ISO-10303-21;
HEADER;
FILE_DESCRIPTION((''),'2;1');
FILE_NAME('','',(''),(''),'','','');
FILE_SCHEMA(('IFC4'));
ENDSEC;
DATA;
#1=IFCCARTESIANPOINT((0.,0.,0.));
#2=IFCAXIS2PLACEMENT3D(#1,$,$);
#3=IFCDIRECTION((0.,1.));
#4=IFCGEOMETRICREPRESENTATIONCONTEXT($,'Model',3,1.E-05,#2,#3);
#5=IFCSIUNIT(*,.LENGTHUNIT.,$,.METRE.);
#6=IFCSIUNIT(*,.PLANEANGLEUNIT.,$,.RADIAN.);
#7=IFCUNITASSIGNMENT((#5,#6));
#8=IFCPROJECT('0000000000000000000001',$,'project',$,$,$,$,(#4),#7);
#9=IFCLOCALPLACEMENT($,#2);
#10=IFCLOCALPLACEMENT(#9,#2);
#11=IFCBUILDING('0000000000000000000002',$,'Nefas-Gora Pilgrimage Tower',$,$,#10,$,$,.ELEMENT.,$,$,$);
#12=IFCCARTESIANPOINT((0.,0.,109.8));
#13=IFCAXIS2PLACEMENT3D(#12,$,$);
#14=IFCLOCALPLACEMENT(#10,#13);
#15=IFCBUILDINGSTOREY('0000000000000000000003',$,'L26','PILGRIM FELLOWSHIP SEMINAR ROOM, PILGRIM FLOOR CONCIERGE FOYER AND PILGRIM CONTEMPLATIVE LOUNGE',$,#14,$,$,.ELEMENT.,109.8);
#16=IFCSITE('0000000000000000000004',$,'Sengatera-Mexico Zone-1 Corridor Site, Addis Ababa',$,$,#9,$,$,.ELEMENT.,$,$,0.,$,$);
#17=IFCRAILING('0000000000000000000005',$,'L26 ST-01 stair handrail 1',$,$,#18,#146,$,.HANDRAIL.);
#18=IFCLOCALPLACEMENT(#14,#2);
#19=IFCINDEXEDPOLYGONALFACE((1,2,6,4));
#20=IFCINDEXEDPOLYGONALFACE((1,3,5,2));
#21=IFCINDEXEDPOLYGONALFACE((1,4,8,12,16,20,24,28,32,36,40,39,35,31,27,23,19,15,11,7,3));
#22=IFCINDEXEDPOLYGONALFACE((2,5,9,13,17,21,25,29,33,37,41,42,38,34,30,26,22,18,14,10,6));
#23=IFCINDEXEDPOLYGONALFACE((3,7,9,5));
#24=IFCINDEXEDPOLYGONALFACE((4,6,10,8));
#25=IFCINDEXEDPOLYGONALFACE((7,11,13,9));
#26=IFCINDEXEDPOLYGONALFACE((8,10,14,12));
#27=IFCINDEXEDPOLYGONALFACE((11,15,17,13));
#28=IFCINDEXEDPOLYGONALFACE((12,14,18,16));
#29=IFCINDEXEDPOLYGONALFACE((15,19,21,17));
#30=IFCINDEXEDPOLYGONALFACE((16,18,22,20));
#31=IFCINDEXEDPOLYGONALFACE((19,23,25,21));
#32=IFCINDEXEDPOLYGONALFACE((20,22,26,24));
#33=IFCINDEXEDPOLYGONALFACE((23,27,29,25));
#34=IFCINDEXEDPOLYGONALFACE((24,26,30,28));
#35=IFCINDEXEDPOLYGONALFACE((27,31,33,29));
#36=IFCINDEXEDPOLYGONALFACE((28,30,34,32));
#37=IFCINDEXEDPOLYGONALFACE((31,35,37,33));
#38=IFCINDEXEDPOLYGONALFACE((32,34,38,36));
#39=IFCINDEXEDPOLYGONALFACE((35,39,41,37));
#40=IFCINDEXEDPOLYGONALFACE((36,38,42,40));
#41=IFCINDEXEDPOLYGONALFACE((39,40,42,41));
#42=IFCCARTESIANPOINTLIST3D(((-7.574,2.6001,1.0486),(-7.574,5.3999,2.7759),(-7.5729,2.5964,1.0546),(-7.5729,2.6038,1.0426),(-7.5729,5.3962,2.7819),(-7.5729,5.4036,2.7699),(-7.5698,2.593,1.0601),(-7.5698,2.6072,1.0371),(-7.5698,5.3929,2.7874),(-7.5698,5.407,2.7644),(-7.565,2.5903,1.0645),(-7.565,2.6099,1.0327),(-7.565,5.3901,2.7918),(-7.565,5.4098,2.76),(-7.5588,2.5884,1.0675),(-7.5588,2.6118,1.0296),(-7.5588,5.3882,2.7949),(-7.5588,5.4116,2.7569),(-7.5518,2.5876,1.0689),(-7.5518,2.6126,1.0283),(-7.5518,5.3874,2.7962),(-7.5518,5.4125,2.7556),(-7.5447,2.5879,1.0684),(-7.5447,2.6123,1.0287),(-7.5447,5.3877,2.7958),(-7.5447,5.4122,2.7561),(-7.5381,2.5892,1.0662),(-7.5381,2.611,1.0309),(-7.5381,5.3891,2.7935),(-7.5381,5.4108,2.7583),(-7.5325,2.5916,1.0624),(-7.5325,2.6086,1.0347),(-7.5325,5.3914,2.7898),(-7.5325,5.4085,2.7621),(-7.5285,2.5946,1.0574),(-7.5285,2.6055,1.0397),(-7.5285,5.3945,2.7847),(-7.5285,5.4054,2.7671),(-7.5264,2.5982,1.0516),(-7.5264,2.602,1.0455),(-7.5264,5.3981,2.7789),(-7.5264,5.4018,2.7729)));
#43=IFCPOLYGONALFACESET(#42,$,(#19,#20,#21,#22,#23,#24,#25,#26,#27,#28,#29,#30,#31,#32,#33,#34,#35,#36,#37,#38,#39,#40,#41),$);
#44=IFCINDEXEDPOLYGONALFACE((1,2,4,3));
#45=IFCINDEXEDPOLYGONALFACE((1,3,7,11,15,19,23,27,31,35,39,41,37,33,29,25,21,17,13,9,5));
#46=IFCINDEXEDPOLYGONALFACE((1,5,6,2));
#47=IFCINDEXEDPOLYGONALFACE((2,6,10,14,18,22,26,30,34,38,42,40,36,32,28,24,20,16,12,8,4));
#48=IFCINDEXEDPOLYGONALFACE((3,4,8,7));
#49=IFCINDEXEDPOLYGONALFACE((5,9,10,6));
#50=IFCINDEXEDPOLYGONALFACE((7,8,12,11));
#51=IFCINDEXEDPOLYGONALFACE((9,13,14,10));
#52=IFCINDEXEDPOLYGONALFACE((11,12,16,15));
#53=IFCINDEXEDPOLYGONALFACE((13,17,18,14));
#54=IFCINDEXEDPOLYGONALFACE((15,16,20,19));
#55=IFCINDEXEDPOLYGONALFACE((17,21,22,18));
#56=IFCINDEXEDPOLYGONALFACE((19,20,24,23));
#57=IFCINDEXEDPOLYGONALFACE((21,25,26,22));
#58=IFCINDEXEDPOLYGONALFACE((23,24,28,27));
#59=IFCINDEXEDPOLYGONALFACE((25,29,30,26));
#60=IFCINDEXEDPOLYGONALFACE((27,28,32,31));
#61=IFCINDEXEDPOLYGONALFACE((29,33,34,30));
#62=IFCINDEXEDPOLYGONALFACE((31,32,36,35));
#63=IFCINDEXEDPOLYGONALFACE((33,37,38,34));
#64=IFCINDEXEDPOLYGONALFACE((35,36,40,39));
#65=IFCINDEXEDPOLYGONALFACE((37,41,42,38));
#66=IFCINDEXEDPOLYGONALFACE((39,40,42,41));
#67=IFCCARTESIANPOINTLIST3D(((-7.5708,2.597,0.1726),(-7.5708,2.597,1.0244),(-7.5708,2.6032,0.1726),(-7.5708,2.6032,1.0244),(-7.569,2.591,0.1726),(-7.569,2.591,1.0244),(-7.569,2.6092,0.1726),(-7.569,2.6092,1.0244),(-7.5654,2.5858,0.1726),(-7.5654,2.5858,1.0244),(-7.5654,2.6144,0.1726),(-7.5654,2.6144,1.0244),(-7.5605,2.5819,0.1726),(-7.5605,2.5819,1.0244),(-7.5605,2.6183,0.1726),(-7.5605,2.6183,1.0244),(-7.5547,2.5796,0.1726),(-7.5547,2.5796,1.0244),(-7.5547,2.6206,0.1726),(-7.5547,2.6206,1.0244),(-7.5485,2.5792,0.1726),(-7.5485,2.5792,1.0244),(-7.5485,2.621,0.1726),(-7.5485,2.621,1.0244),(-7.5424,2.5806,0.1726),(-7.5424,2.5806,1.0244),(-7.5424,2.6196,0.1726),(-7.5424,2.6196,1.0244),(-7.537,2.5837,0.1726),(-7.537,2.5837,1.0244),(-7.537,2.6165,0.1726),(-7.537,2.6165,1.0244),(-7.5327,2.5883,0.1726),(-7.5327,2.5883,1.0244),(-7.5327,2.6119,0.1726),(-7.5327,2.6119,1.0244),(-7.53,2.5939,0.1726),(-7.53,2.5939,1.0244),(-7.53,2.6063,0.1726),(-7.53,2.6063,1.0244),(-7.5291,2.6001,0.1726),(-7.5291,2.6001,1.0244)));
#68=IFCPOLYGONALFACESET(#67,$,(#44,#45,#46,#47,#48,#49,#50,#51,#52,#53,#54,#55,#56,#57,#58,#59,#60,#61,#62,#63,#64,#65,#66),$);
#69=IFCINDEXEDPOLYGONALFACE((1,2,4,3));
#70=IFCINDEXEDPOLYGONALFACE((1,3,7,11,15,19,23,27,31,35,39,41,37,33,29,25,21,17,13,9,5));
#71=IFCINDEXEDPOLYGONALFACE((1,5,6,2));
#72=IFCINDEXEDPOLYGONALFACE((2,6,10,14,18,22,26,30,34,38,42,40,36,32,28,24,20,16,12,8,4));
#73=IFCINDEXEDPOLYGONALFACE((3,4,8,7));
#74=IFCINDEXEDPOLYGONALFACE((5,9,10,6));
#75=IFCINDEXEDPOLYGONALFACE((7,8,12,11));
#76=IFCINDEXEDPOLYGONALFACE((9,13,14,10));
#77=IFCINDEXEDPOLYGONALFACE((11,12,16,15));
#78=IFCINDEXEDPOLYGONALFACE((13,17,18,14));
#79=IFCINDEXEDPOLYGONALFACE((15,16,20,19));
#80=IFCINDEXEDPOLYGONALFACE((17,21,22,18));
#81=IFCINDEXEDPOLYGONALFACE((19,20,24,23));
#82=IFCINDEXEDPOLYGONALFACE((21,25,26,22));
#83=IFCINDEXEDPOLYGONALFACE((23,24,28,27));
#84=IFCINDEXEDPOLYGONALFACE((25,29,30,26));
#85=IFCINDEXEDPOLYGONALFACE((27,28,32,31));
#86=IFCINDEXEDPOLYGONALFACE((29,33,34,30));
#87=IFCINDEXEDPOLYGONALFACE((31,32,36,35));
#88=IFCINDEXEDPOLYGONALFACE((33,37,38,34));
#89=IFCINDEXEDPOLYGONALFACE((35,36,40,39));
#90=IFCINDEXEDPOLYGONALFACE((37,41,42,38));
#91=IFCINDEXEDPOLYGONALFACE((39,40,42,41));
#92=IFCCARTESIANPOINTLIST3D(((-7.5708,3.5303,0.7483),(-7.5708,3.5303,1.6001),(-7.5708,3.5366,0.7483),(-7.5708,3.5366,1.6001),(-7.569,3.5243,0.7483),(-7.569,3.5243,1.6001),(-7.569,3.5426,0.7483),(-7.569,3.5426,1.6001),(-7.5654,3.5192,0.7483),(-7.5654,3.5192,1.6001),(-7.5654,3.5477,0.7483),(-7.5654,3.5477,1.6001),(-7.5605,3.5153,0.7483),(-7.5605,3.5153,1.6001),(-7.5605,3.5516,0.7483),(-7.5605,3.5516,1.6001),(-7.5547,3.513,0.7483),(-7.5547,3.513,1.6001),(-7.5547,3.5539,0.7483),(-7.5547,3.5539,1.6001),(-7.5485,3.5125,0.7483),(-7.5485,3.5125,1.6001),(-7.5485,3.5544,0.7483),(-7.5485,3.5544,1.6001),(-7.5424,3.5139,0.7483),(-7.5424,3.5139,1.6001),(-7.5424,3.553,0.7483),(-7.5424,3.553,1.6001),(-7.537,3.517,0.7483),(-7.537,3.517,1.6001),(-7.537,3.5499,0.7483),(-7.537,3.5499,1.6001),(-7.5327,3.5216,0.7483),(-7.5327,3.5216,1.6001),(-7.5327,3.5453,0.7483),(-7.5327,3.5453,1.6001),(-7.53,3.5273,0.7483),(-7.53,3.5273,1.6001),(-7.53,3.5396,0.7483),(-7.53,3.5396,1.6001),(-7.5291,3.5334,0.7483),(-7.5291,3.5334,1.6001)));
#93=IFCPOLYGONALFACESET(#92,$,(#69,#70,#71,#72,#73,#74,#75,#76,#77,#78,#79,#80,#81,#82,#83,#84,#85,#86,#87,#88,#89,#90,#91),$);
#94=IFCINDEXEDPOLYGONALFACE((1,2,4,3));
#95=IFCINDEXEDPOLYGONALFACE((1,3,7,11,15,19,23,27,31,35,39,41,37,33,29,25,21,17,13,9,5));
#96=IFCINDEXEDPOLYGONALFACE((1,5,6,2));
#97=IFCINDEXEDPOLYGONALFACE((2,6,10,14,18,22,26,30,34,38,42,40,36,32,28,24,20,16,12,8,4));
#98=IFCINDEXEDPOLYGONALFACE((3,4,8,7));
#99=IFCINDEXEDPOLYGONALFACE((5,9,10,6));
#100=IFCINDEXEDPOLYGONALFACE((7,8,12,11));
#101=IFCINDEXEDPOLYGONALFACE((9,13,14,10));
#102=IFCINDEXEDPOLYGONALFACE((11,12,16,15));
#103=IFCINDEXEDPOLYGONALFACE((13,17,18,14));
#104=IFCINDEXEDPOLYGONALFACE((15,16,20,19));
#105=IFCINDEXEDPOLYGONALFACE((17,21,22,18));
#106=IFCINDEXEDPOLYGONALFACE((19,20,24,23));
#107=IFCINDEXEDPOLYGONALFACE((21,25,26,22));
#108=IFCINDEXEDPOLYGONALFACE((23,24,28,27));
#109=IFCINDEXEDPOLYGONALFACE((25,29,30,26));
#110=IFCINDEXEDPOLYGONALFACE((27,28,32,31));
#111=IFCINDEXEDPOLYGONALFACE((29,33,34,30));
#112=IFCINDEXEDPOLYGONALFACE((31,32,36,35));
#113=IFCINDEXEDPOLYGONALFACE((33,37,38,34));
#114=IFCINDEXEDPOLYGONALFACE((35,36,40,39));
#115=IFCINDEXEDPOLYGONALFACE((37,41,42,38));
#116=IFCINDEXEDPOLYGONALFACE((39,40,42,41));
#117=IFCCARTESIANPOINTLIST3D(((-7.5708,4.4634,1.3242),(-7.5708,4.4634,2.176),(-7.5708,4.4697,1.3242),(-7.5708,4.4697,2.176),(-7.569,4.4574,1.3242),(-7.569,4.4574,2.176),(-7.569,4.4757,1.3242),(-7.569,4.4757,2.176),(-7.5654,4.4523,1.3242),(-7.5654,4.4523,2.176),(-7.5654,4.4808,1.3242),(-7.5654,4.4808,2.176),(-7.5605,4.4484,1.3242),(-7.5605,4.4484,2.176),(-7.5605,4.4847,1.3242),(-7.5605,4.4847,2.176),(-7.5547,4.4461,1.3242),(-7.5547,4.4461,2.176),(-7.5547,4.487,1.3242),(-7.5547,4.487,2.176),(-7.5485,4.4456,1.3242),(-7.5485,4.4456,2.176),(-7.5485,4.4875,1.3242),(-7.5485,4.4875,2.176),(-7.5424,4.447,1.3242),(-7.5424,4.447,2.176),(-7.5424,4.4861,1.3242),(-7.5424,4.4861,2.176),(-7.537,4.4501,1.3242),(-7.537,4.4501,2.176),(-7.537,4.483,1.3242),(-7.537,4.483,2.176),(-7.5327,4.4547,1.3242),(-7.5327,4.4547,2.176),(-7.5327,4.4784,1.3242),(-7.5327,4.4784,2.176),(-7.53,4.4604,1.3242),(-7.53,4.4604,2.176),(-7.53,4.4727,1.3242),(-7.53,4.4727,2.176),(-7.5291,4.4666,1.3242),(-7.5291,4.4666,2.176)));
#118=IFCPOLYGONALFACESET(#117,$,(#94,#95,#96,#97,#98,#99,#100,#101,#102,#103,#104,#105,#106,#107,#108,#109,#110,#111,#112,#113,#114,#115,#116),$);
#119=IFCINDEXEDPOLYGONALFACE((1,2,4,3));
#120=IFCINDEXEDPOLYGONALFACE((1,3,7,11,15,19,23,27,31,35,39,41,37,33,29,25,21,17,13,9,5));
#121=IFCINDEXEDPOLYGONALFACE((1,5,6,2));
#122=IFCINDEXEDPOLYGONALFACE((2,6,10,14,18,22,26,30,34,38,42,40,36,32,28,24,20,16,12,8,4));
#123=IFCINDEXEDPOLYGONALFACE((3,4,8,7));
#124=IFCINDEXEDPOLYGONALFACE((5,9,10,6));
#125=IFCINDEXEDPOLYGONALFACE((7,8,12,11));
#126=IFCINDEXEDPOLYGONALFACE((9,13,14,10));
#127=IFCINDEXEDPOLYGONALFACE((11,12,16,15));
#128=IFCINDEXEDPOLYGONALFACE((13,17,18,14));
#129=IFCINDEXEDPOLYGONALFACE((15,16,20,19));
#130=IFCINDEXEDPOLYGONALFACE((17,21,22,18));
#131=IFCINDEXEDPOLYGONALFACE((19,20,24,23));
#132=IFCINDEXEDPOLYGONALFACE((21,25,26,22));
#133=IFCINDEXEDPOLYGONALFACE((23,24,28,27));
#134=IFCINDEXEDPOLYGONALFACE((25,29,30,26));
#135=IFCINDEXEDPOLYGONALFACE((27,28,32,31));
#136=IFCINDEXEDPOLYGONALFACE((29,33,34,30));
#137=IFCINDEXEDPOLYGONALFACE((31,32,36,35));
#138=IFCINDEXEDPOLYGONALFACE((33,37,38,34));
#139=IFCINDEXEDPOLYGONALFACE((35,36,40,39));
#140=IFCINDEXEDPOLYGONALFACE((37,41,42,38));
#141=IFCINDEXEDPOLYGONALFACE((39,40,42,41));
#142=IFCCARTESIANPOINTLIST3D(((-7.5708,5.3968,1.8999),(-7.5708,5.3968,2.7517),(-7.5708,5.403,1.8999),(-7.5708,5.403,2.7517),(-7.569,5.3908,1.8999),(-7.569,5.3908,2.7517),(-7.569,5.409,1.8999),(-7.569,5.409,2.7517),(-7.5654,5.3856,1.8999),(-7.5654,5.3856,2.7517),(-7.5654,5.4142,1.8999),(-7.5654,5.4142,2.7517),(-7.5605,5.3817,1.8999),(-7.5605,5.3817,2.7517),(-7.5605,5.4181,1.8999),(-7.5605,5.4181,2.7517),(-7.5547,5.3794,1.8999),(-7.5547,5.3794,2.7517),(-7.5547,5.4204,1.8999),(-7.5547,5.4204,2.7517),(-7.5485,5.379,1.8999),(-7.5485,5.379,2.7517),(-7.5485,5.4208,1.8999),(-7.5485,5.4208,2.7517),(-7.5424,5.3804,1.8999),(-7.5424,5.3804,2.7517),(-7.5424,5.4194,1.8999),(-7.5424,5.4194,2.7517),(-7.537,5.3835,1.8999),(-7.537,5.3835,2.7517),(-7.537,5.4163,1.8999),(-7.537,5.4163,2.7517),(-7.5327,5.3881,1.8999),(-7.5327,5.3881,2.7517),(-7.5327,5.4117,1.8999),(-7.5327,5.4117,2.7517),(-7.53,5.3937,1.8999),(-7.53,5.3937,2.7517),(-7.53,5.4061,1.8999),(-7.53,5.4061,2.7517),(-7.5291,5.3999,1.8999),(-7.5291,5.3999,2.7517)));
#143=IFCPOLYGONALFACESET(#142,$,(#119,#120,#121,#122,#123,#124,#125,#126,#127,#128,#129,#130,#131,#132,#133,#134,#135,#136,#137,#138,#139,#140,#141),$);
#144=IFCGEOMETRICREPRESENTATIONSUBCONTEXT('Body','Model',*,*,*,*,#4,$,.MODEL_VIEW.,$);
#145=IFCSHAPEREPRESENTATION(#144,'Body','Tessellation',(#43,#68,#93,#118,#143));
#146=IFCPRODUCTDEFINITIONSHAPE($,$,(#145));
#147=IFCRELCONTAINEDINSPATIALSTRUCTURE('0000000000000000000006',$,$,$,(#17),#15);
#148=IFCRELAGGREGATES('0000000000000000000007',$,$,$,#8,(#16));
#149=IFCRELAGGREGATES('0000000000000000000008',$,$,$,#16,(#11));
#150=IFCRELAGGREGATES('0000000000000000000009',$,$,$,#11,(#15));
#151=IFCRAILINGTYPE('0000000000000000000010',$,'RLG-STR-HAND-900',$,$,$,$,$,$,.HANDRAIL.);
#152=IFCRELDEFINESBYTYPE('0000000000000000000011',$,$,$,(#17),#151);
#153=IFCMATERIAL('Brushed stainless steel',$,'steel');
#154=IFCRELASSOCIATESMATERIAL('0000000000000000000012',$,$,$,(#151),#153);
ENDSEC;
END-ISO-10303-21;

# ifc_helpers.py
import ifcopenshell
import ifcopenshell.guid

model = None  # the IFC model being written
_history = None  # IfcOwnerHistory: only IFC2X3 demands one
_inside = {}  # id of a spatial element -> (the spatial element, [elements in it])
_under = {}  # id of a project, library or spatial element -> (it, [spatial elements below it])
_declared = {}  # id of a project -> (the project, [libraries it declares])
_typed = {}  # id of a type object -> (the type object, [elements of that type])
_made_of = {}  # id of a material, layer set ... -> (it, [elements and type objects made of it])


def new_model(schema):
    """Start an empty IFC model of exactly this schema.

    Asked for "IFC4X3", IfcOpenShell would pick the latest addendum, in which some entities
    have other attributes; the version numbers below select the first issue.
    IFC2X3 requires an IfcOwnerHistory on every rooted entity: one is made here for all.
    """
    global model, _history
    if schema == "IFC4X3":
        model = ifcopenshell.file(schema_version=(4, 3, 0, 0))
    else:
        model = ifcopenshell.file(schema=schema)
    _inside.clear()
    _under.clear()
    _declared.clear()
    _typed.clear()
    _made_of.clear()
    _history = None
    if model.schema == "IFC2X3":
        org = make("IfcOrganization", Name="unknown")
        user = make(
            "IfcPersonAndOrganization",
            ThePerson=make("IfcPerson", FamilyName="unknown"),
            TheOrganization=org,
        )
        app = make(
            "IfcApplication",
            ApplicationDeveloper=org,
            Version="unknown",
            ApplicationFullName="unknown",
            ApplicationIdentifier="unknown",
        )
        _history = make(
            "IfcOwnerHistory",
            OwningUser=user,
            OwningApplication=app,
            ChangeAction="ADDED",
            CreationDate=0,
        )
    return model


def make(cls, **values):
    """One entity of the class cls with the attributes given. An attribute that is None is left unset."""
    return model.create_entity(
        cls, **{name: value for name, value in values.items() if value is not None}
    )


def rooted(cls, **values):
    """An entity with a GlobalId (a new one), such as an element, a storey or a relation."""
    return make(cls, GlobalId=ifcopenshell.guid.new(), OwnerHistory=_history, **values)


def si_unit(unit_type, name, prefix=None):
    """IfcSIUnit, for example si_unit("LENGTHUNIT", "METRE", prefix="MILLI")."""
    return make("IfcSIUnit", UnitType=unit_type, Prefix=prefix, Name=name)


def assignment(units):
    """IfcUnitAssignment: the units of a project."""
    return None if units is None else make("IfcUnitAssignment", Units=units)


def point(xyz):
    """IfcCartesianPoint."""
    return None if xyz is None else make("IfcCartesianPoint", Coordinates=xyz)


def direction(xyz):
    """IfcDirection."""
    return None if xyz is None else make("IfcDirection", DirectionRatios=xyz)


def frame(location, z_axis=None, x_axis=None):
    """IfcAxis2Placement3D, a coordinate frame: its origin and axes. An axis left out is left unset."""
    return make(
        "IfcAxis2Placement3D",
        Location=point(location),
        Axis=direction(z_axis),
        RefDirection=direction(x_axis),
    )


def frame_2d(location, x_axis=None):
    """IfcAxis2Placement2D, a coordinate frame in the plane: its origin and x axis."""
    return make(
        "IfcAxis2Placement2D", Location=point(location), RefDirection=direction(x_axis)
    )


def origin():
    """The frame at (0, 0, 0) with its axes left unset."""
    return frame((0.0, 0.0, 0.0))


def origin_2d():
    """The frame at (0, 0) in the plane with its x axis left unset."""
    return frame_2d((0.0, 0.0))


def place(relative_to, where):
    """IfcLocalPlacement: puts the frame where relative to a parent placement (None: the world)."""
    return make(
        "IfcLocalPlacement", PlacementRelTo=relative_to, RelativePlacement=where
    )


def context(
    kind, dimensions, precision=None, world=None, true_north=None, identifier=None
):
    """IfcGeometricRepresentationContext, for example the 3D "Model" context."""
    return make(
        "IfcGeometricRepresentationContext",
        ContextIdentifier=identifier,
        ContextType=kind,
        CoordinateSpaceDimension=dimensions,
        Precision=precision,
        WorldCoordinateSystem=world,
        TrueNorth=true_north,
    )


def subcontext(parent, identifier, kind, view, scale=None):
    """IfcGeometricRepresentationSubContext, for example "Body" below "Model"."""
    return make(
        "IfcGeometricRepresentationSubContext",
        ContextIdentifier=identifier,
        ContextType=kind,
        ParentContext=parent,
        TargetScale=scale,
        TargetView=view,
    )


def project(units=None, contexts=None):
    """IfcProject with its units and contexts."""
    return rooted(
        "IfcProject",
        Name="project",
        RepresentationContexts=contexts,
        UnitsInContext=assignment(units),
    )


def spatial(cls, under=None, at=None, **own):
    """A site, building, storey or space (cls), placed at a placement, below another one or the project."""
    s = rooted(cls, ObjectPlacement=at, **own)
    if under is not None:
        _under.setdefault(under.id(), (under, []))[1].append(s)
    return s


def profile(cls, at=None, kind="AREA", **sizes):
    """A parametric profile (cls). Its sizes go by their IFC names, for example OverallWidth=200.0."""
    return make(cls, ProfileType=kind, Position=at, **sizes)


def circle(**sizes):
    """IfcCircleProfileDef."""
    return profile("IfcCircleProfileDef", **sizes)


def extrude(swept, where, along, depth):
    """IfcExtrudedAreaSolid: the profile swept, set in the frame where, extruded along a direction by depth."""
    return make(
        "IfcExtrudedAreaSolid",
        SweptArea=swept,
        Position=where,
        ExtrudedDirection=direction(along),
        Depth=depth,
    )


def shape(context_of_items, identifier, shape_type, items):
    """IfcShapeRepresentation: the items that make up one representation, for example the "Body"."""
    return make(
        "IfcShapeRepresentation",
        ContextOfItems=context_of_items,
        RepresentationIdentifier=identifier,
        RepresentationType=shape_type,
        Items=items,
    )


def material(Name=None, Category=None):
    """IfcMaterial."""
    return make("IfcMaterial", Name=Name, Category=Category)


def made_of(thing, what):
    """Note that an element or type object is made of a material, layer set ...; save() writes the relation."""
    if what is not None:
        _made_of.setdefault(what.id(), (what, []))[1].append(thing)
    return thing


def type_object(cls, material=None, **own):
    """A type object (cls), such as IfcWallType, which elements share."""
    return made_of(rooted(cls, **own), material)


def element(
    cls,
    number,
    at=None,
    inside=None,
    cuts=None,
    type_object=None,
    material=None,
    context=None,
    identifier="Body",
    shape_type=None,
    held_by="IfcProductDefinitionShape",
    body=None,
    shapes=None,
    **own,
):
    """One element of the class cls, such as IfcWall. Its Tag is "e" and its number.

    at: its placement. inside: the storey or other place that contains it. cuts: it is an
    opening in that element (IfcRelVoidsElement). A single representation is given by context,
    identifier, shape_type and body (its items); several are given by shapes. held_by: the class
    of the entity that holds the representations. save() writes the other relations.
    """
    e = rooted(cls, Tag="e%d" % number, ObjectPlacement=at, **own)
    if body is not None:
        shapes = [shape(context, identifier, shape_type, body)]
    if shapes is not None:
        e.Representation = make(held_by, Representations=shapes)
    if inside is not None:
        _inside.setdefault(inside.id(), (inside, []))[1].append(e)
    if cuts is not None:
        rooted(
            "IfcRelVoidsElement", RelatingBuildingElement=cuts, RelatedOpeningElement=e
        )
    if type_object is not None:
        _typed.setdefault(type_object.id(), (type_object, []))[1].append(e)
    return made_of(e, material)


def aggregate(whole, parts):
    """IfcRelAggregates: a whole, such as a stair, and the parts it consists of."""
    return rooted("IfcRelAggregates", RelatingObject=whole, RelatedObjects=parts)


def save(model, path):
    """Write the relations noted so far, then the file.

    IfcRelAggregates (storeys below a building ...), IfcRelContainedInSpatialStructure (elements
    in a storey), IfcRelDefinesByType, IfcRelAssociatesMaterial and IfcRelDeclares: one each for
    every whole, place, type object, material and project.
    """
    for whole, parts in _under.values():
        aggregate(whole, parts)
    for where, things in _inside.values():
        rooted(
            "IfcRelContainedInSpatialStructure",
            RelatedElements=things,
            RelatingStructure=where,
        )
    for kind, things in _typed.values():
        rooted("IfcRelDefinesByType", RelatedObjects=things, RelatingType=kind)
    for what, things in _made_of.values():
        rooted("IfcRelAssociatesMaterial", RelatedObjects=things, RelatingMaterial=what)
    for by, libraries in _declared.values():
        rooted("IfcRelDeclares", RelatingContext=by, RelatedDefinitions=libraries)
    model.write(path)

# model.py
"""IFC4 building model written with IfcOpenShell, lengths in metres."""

from ifc_helpers import new_model, si_unit, direction, frame, origin, origin_2d, place, context, subcontext, project, spatial, circle, extrude, material, type_object, element, save


model = new_model("IFC4")

# Units and contexts
model_context = context("Model", 3, precision=1e-05, world=origin(), true_north=direction((0.0, 1.0)))
body_context = subcontext(model_context, "Body", "Model", "MODEL_VIEW")
ifc_project = project(units=[si_unit("LENGTHUNIT", "METRE"), si_unit("PLANEANGLEUNIT", "RADIAN")], contexts=[model_context])

# Site, building, storey
site_placement = place(None, origin())
site = spatial("IfcSite", under=ifc_project, at=site_placement, Name="Sengatera-Mexico Zone-1 Corridor Site, Addis Ababa", CompositionType="ELEMENT", RefElevation=0.0)
building_placement = place(site_placement, origin())
building = spatial("IfcBuilding", under=site, at=building_placement, Name="Nefas-Gora Pilgrimage Tower", CompositionType="ELEMENT")
storey_placement = place(building_placement, frame((0.0, 0.0, 109.8)))
storey = spatial("IfcBuildingStorey", under=building, at=storey_placement, Name="L26", Description="PILGRIM FELLOWSHIP SEMINAR ROOM, PILGRIM FLOOR CONCIERGE FOYER AND PILGRIM CONTEMPLATIVE LOUNGE", CompositionType="ELEMENT", Elevation=109.8)

# Railing
ifc_material_1 = material(Name="Brushed stainless steel", Category="steel")
railing_type_1 = type_object("IfcRailingType", Name="RLG-STR-HAND-900", PredefinedType="HANDRAIL", material=ifc_material_1)
railing_1_placement = place(storey_placement, frame((-7.55, 2.6001, 0.1726)))
element("IfcRailing", 1, at=railing_1_placement, inside=storey, type_object=railing_type_1, Name="L26 ST-01 stair handrail 1", PredefinedType="HANDRAIL", context=body_context, shape_type="SweptSolid", body=[
    extrude(circle(Radius=0.0239, at=origin_2d()), frame((0.0, 0.0, 0.876), z_axis=(0.0, 0.851069, 0.525054), x_axis=(-1.0, 0.0, 0.0)), (0.0, 0.0, 1.0), 3.2898),
    extrude(circle(Radius=0.021, at=origin_2d()), origin(), (0.0, 0.0, 1.0), 0.8518),
    extrude(circle(Radius=0.021, at=origin_2d()), frame((0.0, 0.9333, 0.5757)), (0.0, 0.0, 1.0), 0.8518),
    extrude(circle(Radius=0.021, at=origin_2d()), frame((0.0, 1.8665, 1.1516)), (0.0, 0.0, 1.0), 0.8518),
    extrude(circle(Radius=0.021, at=origin_2d()), frame((0.0, 2.7998, 1.7273)), (0.0, 0.0, 1.0), 0.8518),
])

save(model, "model.ifc")
